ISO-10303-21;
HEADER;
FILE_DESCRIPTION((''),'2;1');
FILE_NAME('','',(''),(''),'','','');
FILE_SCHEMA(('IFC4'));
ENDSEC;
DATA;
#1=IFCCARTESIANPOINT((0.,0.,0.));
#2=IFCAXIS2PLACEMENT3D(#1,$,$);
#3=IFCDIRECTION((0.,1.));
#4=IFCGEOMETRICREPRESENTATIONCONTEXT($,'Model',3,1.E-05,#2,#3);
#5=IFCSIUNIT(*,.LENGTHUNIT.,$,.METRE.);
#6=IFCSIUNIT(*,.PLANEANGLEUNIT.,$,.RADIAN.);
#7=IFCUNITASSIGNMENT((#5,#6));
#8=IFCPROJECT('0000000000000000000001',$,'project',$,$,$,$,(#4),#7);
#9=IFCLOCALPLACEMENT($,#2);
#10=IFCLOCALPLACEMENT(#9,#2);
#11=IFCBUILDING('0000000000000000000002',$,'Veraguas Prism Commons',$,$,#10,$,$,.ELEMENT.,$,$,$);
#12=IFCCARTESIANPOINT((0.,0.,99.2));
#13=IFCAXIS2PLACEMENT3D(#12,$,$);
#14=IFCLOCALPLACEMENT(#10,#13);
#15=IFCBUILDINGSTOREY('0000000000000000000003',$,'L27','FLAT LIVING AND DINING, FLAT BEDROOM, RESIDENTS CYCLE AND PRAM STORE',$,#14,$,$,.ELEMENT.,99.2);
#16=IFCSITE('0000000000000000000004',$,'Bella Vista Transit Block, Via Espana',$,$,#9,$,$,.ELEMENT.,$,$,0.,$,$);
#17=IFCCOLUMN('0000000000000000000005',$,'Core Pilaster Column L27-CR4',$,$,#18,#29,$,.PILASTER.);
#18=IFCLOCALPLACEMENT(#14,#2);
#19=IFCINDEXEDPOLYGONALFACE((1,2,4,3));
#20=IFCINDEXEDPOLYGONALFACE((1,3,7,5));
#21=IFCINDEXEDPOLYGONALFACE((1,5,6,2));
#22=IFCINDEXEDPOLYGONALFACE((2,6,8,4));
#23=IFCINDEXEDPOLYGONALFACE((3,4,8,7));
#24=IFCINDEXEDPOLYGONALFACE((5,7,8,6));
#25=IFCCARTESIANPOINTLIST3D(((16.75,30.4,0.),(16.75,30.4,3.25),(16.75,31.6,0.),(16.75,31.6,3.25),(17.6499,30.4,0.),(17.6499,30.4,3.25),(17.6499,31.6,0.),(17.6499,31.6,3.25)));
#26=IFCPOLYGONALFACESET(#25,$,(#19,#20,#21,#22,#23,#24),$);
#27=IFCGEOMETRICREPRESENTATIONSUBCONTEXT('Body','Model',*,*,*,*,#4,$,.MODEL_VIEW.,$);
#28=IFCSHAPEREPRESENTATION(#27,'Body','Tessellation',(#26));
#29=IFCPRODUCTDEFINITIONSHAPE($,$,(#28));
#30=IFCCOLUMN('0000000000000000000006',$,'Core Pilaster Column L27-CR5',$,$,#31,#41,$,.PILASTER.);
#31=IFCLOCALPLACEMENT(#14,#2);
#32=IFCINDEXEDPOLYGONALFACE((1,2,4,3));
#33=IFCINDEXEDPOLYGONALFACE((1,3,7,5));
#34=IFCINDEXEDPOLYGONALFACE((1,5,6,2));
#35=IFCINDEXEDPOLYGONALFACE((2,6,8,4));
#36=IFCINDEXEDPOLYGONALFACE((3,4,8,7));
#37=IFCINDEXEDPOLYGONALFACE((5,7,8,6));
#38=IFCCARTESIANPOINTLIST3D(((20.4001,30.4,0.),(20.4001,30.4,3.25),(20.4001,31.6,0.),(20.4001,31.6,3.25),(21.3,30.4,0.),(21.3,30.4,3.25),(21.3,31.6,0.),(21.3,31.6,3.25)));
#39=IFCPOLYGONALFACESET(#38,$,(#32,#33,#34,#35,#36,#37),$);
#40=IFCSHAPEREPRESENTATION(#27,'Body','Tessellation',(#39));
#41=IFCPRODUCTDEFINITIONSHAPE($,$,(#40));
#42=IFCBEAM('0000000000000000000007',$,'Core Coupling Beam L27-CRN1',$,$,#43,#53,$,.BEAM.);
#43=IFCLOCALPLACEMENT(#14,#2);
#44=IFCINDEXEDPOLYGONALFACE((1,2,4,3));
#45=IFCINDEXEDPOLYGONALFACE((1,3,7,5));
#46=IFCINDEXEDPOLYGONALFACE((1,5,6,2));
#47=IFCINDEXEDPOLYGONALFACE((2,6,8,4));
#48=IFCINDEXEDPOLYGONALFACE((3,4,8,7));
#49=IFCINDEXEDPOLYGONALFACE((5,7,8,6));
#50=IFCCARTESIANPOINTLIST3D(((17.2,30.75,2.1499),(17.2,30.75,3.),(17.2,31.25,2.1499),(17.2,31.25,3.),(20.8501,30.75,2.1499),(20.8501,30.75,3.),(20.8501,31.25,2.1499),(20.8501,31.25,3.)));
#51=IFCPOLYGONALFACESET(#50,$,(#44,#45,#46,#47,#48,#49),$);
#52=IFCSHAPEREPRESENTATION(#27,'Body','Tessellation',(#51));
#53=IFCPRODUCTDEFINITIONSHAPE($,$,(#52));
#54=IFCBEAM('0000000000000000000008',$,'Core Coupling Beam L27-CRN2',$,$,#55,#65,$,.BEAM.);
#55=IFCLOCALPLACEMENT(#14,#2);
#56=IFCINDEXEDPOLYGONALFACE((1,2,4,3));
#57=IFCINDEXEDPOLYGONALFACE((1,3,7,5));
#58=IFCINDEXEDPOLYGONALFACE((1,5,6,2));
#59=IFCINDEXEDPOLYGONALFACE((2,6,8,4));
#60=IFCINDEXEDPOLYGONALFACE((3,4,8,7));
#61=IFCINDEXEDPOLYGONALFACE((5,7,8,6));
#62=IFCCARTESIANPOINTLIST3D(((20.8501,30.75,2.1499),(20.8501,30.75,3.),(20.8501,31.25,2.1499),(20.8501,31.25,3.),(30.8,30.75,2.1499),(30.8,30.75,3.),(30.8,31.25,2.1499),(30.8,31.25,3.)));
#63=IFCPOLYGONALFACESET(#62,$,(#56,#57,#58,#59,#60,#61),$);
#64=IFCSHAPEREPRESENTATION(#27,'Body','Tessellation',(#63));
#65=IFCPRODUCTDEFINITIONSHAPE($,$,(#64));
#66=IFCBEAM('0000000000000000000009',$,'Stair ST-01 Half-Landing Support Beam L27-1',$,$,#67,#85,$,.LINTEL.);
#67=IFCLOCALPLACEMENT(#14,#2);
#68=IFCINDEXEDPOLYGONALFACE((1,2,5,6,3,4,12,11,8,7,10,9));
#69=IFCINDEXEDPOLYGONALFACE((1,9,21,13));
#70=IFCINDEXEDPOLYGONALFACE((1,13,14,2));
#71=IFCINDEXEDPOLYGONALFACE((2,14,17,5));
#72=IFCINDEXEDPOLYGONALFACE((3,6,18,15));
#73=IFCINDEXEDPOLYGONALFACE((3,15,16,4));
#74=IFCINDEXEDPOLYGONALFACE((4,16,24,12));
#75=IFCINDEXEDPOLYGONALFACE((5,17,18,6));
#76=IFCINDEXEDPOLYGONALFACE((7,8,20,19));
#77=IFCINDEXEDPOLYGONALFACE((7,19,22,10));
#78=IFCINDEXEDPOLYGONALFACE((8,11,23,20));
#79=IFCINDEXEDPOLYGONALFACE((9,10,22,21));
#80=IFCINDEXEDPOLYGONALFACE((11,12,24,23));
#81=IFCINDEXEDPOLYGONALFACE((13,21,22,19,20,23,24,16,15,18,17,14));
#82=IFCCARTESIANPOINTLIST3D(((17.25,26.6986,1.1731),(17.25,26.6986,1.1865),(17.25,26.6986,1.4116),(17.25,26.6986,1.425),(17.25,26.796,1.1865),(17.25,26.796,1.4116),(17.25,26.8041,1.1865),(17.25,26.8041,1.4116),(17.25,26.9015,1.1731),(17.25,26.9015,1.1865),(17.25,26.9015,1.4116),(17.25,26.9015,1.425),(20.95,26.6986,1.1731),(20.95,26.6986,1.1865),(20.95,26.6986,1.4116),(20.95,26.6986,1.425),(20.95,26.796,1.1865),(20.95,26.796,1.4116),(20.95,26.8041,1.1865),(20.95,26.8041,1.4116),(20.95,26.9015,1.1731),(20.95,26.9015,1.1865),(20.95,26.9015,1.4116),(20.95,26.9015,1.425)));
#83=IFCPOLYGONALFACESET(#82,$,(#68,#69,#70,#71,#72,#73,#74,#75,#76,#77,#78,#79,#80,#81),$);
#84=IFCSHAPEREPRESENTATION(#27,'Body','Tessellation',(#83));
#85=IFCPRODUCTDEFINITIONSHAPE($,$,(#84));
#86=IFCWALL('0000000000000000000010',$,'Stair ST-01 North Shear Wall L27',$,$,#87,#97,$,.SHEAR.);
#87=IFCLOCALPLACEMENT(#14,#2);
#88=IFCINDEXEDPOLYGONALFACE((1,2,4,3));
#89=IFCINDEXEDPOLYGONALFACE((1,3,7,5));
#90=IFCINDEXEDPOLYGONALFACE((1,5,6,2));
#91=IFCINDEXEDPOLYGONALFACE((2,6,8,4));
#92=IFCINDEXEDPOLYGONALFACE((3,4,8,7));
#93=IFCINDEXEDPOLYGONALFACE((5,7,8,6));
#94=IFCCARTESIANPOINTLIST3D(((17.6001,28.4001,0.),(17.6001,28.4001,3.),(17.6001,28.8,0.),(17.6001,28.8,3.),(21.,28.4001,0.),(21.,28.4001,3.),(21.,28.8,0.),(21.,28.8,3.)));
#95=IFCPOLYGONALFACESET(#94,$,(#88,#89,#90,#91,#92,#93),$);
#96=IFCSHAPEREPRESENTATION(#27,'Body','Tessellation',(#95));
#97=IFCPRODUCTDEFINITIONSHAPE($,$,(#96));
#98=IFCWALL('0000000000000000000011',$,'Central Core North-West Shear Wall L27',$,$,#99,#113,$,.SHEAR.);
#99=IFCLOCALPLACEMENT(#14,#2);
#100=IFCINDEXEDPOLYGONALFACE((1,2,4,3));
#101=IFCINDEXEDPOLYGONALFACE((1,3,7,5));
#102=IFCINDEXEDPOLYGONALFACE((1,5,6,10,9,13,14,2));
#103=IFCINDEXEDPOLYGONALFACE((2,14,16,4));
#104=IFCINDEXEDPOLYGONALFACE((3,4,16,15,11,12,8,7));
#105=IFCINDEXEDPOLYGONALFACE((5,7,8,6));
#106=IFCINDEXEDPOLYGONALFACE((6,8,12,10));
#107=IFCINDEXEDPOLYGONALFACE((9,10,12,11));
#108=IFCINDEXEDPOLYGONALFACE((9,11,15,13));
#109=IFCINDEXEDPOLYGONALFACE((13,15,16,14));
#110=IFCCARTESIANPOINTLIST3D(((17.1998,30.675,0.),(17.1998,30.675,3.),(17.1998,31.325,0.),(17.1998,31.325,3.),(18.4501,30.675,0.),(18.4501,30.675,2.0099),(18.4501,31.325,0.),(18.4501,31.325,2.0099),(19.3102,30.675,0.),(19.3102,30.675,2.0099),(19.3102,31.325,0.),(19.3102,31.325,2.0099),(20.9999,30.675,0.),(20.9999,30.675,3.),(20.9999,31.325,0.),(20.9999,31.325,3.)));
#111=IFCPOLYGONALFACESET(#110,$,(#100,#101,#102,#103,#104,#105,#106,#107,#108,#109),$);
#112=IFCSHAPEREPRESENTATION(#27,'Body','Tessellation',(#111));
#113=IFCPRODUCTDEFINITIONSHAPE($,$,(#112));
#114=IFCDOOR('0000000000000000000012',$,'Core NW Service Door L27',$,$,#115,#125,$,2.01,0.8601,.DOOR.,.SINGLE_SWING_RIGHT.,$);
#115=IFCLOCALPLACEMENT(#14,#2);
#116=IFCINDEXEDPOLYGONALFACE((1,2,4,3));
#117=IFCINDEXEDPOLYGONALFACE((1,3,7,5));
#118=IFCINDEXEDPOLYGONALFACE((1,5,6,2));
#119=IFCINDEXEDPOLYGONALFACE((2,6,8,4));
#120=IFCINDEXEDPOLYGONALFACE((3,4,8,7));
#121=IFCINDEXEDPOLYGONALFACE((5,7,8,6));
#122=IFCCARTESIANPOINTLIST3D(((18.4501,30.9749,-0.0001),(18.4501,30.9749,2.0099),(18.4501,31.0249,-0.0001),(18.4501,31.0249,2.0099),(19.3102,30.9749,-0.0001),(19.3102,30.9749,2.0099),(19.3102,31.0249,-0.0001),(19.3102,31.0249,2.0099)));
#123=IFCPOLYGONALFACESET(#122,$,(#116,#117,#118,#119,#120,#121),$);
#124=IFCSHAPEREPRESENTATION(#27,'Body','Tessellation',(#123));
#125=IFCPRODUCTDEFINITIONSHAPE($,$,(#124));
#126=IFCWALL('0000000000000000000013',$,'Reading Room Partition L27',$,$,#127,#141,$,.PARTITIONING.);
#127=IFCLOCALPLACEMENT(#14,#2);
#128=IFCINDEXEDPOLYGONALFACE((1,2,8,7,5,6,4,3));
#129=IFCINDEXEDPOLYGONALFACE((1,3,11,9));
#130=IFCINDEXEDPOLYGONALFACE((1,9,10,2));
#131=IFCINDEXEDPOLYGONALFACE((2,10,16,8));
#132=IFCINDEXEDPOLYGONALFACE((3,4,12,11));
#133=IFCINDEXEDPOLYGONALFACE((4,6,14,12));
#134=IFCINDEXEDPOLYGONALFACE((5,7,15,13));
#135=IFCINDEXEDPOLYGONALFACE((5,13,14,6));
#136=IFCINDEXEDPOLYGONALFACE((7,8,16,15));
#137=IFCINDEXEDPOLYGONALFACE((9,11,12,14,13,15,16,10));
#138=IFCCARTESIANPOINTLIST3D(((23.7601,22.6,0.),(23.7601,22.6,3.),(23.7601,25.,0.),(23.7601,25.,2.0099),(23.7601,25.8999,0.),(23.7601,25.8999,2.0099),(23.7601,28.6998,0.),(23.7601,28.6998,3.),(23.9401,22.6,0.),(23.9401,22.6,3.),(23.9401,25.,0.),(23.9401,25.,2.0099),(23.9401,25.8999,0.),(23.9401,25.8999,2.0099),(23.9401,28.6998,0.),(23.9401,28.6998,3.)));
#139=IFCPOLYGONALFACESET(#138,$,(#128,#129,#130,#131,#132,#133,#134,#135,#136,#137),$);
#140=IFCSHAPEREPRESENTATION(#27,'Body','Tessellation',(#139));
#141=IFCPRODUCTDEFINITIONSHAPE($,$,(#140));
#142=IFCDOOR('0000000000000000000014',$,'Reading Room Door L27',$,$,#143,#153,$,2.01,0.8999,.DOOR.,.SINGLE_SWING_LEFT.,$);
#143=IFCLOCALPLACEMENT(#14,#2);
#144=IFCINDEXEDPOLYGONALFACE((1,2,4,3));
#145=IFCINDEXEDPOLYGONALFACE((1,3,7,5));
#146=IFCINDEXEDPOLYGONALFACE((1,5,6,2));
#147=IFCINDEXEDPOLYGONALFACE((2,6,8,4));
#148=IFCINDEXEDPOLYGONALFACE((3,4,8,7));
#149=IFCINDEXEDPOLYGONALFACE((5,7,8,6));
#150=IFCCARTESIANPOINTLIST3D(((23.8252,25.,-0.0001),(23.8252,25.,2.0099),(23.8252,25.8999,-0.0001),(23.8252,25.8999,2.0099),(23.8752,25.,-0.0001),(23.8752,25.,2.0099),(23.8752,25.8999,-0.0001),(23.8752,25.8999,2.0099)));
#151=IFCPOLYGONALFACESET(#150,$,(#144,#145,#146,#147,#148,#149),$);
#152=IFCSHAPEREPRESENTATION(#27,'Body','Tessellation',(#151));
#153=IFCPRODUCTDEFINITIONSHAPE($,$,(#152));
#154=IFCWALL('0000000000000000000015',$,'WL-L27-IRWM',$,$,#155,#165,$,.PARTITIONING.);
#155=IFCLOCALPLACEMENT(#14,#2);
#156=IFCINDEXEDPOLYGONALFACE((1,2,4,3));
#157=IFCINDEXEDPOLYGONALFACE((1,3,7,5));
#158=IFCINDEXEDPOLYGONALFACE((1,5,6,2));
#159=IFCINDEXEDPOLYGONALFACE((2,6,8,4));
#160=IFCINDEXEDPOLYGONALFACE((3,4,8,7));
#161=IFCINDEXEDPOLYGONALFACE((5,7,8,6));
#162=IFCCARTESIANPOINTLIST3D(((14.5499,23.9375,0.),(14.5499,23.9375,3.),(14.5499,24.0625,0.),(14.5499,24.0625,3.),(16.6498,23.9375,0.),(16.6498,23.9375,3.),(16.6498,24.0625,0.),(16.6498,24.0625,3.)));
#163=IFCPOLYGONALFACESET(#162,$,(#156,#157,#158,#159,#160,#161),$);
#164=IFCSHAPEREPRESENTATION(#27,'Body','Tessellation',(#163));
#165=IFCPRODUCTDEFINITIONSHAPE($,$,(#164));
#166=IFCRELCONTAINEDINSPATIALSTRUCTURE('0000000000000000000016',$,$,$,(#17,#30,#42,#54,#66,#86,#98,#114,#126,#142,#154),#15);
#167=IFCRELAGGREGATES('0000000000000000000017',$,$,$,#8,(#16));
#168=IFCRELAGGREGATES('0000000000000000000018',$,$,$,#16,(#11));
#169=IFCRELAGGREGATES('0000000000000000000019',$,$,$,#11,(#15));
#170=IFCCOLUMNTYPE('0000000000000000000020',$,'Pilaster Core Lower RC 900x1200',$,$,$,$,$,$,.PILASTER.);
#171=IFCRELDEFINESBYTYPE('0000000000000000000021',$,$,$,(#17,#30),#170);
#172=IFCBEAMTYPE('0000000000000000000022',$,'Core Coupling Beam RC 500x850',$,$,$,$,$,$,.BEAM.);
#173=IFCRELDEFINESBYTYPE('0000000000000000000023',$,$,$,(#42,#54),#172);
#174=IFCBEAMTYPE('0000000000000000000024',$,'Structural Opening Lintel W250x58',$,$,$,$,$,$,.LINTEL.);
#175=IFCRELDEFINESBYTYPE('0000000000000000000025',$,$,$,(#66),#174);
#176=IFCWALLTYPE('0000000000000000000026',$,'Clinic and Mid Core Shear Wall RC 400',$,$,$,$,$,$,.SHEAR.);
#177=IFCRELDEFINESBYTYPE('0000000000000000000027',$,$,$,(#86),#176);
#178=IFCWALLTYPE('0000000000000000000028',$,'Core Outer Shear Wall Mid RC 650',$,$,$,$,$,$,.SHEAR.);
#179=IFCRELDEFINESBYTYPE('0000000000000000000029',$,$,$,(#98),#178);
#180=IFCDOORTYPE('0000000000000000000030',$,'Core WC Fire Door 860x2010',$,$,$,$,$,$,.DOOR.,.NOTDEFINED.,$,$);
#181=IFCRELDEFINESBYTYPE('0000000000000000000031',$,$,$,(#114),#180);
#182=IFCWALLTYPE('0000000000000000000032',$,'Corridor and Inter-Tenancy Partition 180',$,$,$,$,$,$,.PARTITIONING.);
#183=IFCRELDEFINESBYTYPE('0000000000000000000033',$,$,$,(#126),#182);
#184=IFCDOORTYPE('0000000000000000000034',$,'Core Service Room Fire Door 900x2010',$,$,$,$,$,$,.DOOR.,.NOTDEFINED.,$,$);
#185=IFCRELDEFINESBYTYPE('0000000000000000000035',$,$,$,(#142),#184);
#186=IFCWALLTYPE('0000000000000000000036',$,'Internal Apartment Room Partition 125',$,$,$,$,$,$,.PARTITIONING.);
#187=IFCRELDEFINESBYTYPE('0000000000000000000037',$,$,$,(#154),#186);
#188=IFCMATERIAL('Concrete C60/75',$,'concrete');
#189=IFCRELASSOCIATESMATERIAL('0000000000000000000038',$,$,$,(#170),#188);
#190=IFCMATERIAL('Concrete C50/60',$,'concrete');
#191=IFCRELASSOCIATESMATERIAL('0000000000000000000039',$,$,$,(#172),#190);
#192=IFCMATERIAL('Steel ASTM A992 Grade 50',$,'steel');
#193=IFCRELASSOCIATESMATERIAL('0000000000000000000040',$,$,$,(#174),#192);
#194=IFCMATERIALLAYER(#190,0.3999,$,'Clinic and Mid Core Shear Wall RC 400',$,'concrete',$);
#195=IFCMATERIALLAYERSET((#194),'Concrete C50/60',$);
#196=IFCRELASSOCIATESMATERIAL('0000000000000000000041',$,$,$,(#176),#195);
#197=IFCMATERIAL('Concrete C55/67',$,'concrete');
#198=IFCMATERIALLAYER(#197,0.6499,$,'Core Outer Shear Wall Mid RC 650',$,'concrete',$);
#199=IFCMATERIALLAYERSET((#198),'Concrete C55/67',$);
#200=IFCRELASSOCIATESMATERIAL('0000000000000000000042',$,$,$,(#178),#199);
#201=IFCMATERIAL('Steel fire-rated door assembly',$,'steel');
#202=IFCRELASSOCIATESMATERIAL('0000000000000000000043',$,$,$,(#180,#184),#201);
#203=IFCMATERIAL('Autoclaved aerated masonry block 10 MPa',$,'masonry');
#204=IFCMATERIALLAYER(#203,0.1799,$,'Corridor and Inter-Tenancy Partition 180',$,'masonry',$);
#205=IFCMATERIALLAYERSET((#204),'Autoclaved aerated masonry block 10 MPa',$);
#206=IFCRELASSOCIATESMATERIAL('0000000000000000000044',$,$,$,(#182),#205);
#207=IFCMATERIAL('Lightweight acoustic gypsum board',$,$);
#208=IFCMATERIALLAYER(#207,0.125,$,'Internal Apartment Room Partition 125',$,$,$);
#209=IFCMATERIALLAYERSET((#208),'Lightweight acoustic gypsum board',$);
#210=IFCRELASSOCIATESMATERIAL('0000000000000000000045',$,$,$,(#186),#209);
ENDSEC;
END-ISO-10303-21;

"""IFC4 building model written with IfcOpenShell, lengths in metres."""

from ifc_helpers import new_model, si_unit, direction, frame, frame_2d, origin, origin_2d, place, context, subcontext, project, spatial, rectangle, i_section, extrude, source, transform, mapped, material, layer, layer_set, material_profile, profile_set, type_object, element, fill, save


model = new_model("IFC4")

# Units and contexts
model_context = context("Model", 3, precision=1e-05, world=origin(), true_north=direction((0.0, 1.0)))
body_context = subcontext(model_context, "Body", "Model", "MODEL_VIEW")
ifc_project = project(units=[si_unit("LENGTHUNIT", "METRE"), si_unit("PLANEANGLEUNIT", "RADIAN")], contexts=[model_context])

# Site, building, storey
site_placement = place(None, origin())
site = spatial("IfcSite", under=ifc_project, at=site_placement, Name="Bella Vista Transit Block, Via Espana", CompositionType="ELEMENT", RefElevation=0.0)
building_placement = place(site_placement, origin())
building = spatial("IfcBuilding", under=site, at=building_placement, Name="Veraguas Prism Commons", CompositionType="ELEMENT")
storey_placement = place(building_placement, frame((0.0, 0.0, 99.2)))
storey = spatial("IfcBuildingStorey", under=building, at=storey_placement, Name="L27", Description="FLAT LIVING AND DINING, FLAT BEDROOM, RESIDENTS CYCLE AND PRAM STORE", CompositionType="ELEMENT", Elevation=99.2)

# Columns
ifc_material_1 = material(Name="Concrete C60/75", Category="concrete")
ifc_material_profile_1 = material_profile(ifc_material_1, rectangle(XDim=0.8999, YDim=1.2, at=origin_2d()), Name="RC900X1200")
ifc_profile_set_1 = profile_set([ifc_material_profile_1], Name="Concrete C60/75")
column_type = type_object("IfcColumnType", Name="Pilaster Core Lower RC 900x1200", PredefinedType="PILASTER", material=ifc_profile_set_1)
for number, where, z_axis, x_axis, name in (
    (1, (17.2, 31.0, 0.0), (0.0, 0.0, 1.0), (1.0, 0.0, 0.0), "Core Pilaster Column L27-CR4"),
    (2, (20.8501, 31.0, 0.0), (0.0, 0.0, 1.0), (1.0, 0.0, 0.0), "Core Pilaster Column L27-CR5"),
):
    element("IfcColumn", number, at=place(storey_placement, frame(where, z_axis=z_axis, x_axis=x_axis)), inside=storey, type_object=column_type, Name=name, PredefinedType="PILASTER", context=body_context, shape_type="SweptSolid", body=[
        extrude(rectangle(XDim=0.8999, YDim=1.2, at=origin_2d()), origin(), (0.0, 0.0, 1.0), 3.25),
    ])

# Beams
ifc_material_2 = material(Name="Concrete C50/60", Category="concrete")
ifc_material_profile_2 = material_profile(ifc_material_2, rectangle(XDim=0.5, YDim=0.8501, at=origin_2d()), Name="RC500X850")
ifc_profile_set_2 = profile_set([ifc_material_profile_2], Name="Concrete C50/60")
beam_type_1 = type_object("IfcBeamType", Name="Core Coupling Beam RC 500x850", PredefinedType="BEAM", material=ifc_profile_set_2)
beam_1_placement = place(storey_placement, frame((17.2, 31.0, 2.575), z_axis=(1.0, 0.0, 0.0), x_axis=(0.0, 1.0, 0.0)))
element("IfcBeam", 3, at=beam_1_placement, inside=storey, type_object=beam_type_1, Name="Core Coupling Beam L27-CRN1", PredefinedType="BEAM", context=body_context, shape_type="SweptSolid", body=[
    extrude(rectangle(XDim=0.5, YDim=0.8501, at=origin_2d()), origin(), (0.0, 0.0, 1.0), 3.6501),
])
beam_2_placement = place(storey_placement, frame((20.8501, 31.0, 2.575), z_axis=(1.0, 0.0, 0.0), x_axis=(0.0, 1.0, 0.0)))
element("IfcBeam", 4, at=beam_2_placement, inside=storey, type_object=beam_type_1, Name="Core Coupling Beam L27-CRN2", PredefinedType="BEAM", context=body_context, shape_type="SweptSolid", body=[
    extrude(rectangle(XDim=0.5, YDim=0.8501, at=origin_2d()), origin(), (0.0, 0.0, 1.0), 9.95),
])
ifc_material_3 = material(Name="Steel ASTM A992 Grade 50", Category="steel")
ifc_material_profile_3 = material_profile(ifc_material_3, i_section(OverallWidth=0.2029, OverallDepth=0.252, WebThickness=0.0081, FlangeThickness=0.0134, at=origin_2d()), Name="W250X58")
ifc_profile_set_3 = profile_set([ifc_material_profile_3], Name="Steel ASTM A992 Grade 50")
beam_type_2 = type_object("IfcBeamType", Name="Structural Opening Lintel W250x58", PredefinedType="LINTEL", material=ifc_profile_set_3)
beam_3_placement = place(storey_placement, frame((17.25, 26.8, 1.2991), z_axis=(1.0, 0.0, 0.0), x_axis=(0.0, 1.0, 0.0)))
element("IfcBeam", 5, at=beam_3_placement, inside=storey, type_object=beam_type_2, Name="Stair ST-01 Half-Landing Support Beam L27-1", PredefinedType="LINTEL", context=body_context, shape_type="SweptSolid", body=[
    extrude(i_section(OverallWidth=0.2029, OverallDepth=0.252, WebThickness=0.0081, FlangeThickness=0.0134, at=origin_2d()), origin(), (0.0, 0.0, 1.0), 3.7),
])

# Wall
ifc_layer_1 = layer(ifc_material_2, 0.3999, Name="Clinic and Mid Core Shear Wall RC 400", Category="concrete")
ifc_layer_set_1 = layer_set([ifc_layer_1], Name="Concrete C50/60")
wall_type_1 = type_object("IfcWallType", Name="Clinic and Mid Core Shear Wall RC 400", PredefinedType="SHEAR", material=ifc_layer_set_1)
wall_1_placement = place(storey_placement, frame((17.6001, 28.6001, 0.0), z_axis=(0.0, 0.0, 1.0), x_axis=(1.0, 0.0, 0.0)))
element("IfcWall", 6, at=wall_1_placement, inside=storey, type_object=wall_type_1, Name="Stair ST-01 North Shear Wall L27", PredefinedType="SHEAR", context=body_context, shape_type="SweptSolid", body=[
    extrude(rectangle(XDim=3.3999, YDim=0.3999, at=frame_2d((1.7, 0.0))), origin(), (0.0, 0.0, 1.0), 3.0),
])

# Walls, openings, doors
ifc_material_4 = material(Name="Concrete C55/67", Category="concrete")
ifc_layer_2 = layer(ifc_material_4, 0.6499, Name="Core Outer Shear Wall Mid RC 650", Category="concrete")
ifc_layer_set_2 = layer_set([ifc_layer_2], Name="Concrete C55/67")
wall_type_2 = type_object("IfcWallType", Name="Core Outer Shear Wall Mid RC 650", PredefinedType="SHEAR", material=ifc_layer_set_2)
wall_2_placement = place(storey_placement, frame((17.2, 31.0, 0.0), z_axis=(0.0, 0.0, 1.0), x_axis=(1.0, 0.0, 0.0)))
wall_2 = element("IfcWall", 7, at=wall_2_placement, inside=storey, type_object=wall_type_2, Name="Central Core North-West Shear Wall L27", PredefinedType="SHEAR", context=body_context, shape_type="SweptSolid", body=[
    extrude(rectangle(XDim=3.8, YDim=0.6499, at=frame_2d((1.8999, 0.0))), origin(), (0.0, 0.0, 1.0), 3.0),
])
opening_1_placement = place(wall_2_placement, frame((1.25, 0.0, 0.0)))
opening_1 = element("IfcOpeningElement", 8, at=opening_1_placement, cuts=wall_2, PredefinedType="OPENING", context=body_context, shape_type="SweptSolid", body=[
    extrude(rectangle(XDim=0.8601, YDim=2.01, at=frame_2d((0.4302, 1.0049))), frame((0.0, 0.335, 0.0), z_axis=(0.0, -1.0, 0.0), x_axis=(1.0, 0.0, 0.0)), (0.0, 0.0, 1.0), 0.6699),
])
ifc_material_5 = material(Name="Steel fire-rated door assembly", Category="steel")
door_type_1 = type_object("IfcDoorType", Name="Core WC Fire Door 860x2010", OperationType="NOTDEFINED", PredefinedType="DOOR", material=ifc_material_5)
shared_shape_1 = source(origin(), body_context, "Body", "SweptSolid", [
    extrude(rectangle(XDim=0.8601, YDim=2.01, at=frame_2d((0.4302, 1.0049))), frame((0.0, 0.0249, 0.0), z_axis=(0.0, -1.0, 0.0), x_axis=(1.0, 0.0, 0.0)), (0.0, 0.0, 1.0), 0.05),
])
door_1_placement = place(opening_1_placement, origin())
door_1 = element("IfcDoor", 9, at=door_1_placement, inside=storey, type_object=door_type_1, Name="Core NW Service Door L27", OperationType="SINGLE_SWING_RIGHT", OverallHeight=2.01, OverallWidth=0.8601, PredefinedType="DOOR", context=body_context, shape_type="MappedRepresentation", body=[
    mapped(shared_shape_1, transform((0.0, 0.0, 0.0), scale=1.0)),
])
fill(opening_1, door_1)
ifc_material_6 = material(Name="Autoclaved aerated masonry block 10 MPa", Category="masonry")
ifc_layer_3 = layer(ifc_material_6, 0.1799, Name="Corridor and Inter-Tenancy Partition 180", Category="masonry")
ifc_layer_set_3 = layer_set([ifc_layer_3], Name="Autoclaved aerated masonry block 10 MPa")
wall_type_3 = type_object("IfcWallType", Name="Corridor and Inter-Tenancy Partition 180", PredefinedType="PARTITIONING", material=ifc_layer_set_3)
wall_3_placement = place(storey_placement, frame((23.8501, 22.6001, 0.0), z_axis=(0.0, 0.0, 1.0), x_axis=(0.0, 1.0, 0.0)))
wall_3 = element("IfcWall", 10, at=wall_3_placement, inside=storey, type_object=wall_type_3, Name="Reading Room Partition L27", PredefinedType="PARTITIONING", context=body_context, shape_type="SweptSolid", body=[
    extrude(rectangle(XDim=6.0999, YDim=0.1799, at=frame_2d((3.0498, 0.0))), origin(), (0.0, 0.0, 1.0), 3.0),
])
opening_2_placement = place(wall_3_placement, frame((2.3999, 0.0, 0.0)))
opening_2 = element("IfcOpeningElement", 11, at=opening_2_placement, cuts=wall_3, PredefinedType="OPENING", context=body_context, shape_type="SweptSolid", body=[
    extrude(rectangle(XDim=0.8999, YDim=2.01, at=frame_2d((0.45, 1.0049))), frame((0.0, 0.0999, 0.0), z_axis=(0.0, -1.0, 0.0), x_axis=(1.0, 0.0, 0.0)), (0.0, 0.0, 1.0), 0.2),
])
door_type_2 = type_object("IfcDoorType", Name="Core Service Room Fire Door 900x2010", OperationType="NOTDEFINED", PredefinedType="DOOR", material=ifc_material_5)
shared_shape_2 = source(origin(), body_context, "Body", "SweptSolid", [
    extrude(rectangle(XDim=0.8999, YDim=2.01, at=frame_2d((0.45, 1.0049))), frame((0.0, 0.0249, 0.0), z_axis=(0.0, -1.0, 0.0), x_axis=(1.0, 0.0, 0.0)), (0.0, 0.0, 1.0), 0.05),
])
door_2_placement = place(opening_2_placement, origin())
door_2 = element("IfcDoor", 12, at=door_2_placement, inside=storey, type_object=door_type_2, Name="Reading Room Door L27", OperationType="SINGLE_SWING_LEFT", OverallHeight=2.01, OverallWidth=0.8999, PredefinedType="DOOR", context=body_context, shape_type="MappedRepresentation", body=[
    mapped(shared_shape_2, transform((0.0, 0.0, 0.0), scale=1.0)),
])
fill(opening_2, door_2)

# Wall
ifc_material_7 = material(Name="Lightweight acoustic gypsum board")
ifc_layer_4 = layer(ifc_material_7, 0.125, Name="Internal Apartment Room Partition 125")
ifc_layer_set_4 = layer_set([ifc_layer_4], Name="Lightweight acoustic gypsum board")
wall_type_4 = type_object("IfcWallType", Name="Internal Apartment Room Partition 125", PredefinedType="PARTITIONING", material=ifc_layer_set_4)
wall_4_placement = place(storey_placement, frame((14.55, 24.0, 0.0), z_axis=(0.0, 0.0, 1.0), x_axis=(1.0, 0.0, 0.0)))
element("IfcWall", 13, at=wall_4_placement, inside=storey, type_object=wall_type_4, Name="WL-L27-IRWM", PredefinedType="PARTITIONING", context=body_context, shape_type="SweptSolid", body=[
    extrude(rectangle(XDim=2.0999, YDim=0.125, at=frame_2d((1.0498, 0.0))), origin(), (0.0, 0.0, 1.0), 3.0),
])

save(model, "model.ifc")
